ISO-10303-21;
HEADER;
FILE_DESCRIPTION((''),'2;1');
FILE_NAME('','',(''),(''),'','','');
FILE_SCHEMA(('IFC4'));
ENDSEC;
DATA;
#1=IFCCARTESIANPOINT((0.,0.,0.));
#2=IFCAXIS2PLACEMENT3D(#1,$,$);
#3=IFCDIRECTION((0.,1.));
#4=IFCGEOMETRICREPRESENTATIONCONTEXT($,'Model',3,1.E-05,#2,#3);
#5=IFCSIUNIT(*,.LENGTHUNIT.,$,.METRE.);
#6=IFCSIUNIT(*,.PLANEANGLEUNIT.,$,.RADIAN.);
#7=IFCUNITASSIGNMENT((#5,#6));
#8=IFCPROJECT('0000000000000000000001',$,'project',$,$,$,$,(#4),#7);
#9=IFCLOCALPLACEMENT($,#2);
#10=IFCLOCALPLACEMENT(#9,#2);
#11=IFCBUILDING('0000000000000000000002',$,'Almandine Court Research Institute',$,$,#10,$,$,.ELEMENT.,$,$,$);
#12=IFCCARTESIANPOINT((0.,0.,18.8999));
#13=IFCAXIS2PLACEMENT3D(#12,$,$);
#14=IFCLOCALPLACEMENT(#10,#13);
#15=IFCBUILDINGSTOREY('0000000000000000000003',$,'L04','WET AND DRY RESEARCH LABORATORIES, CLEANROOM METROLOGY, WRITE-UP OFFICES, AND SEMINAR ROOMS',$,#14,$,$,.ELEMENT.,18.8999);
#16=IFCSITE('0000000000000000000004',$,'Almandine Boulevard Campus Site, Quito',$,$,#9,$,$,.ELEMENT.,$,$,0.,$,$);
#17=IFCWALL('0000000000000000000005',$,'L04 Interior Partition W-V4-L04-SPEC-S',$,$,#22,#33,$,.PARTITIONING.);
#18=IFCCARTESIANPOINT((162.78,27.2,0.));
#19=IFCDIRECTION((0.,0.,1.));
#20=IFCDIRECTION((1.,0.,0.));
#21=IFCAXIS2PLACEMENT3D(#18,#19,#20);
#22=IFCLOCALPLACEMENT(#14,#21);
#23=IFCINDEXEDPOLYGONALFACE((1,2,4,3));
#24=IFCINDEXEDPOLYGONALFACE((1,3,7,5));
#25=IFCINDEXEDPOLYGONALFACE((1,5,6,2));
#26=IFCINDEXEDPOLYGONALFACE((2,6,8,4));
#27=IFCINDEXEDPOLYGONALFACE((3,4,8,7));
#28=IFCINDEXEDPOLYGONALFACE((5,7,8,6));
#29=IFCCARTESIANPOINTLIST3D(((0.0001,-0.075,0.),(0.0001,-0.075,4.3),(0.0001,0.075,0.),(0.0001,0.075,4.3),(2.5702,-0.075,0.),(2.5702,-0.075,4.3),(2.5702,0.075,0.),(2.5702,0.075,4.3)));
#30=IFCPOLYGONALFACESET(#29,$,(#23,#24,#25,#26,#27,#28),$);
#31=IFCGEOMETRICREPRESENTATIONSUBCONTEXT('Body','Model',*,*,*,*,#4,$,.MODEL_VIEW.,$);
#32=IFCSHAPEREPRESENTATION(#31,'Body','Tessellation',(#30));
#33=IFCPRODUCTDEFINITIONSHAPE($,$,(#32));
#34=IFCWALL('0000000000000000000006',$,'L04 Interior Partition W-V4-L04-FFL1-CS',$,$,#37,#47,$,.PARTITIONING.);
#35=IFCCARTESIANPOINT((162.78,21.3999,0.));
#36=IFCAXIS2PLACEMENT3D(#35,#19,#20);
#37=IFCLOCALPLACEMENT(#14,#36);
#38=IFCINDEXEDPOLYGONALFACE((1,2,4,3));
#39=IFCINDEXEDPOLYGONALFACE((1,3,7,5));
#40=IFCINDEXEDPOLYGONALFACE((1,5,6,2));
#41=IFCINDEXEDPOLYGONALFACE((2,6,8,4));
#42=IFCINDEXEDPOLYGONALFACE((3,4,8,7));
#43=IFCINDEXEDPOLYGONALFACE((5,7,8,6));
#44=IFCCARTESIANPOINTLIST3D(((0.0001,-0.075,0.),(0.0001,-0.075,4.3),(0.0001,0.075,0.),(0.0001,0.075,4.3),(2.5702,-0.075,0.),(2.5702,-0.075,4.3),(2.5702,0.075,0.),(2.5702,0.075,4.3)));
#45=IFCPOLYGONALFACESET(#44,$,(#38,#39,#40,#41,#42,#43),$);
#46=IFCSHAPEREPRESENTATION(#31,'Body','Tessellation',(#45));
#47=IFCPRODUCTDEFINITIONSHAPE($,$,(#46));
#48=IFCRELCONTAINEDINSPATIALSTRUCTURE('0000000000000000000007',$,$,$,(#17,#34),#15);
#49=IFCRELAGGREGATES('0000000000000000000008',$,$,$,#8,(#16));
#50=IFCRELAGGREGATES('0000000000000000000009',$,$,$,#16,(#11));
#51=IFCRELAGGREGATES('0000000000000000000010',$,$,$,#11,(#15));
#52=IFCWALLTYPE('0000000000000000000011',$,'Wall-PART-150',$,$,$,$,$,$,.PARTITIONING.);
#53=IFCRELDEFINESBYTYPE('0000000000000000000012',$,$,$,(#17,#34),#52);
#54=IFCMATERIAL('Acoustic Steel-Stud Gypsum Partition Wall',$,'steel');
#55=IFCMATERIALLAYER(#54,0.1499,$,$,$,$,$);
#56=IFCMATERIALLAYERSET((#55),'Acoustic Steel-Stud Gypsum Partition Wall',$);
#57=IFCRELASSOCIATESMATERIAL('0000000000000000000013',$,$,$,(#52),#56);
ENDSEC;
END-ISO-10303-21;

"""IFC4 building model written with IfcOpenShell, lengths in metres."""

from ifc_helpers import new_model, si_unit, direction, frame, frame_2d, origin, place, context, subcontext, project, spatial, rectangle, extrude, material, layer, layer_set, type_object, element, save


model = new_model("IFC4")

# Units and contexts
model_context = context("Model", 3, precision=1e-05, world=origin(), true_north=direction((0.0, 1.0)))
body_context = subcontext(model_context, "Body", "Model", "MODEL_VIEW")
ifc_project = project(units=[si_unit("LENGTHUNIT", "METRE"), si_unit("PLANEANGLEUNIT", "RADIAN")], contexts=[model_context])

# Site, building, storey
site_placement = place(None, origin())
site = spatial("IfcSite", under=ifc_project, at=site_placement, Name="Almandine Boulevard Campus Site, Quito", CompositionType="ELEMENT", RefElevation=0.0)
building_placement = place(site_placement, origin())
building = spatial("IfcBuilding", under=site, at=building_placement, Name="Almandine Court Research Institute", CompositionType="ELEMENT")
storey_placement = place(building_placement, frame((0.0, 0.0, 18.8999)))
storey = spatial("IfcBuildingStorey", under=building, at=storey_placement, Name="L04", Description="WET AND DRY RESEARCH LABORATORIES, CLEANROOM METROLOGY, WRITE-UP OFFICES, AND SEMINAR ROOMS", CompositionType="ELEMENT", Elevation=18.8999)

# Shared definitions
ifc_material_1 = material(Name="Acoustic Steel-Stud Gypsum Partition Wall", Category="steel")
ifc_layer_1 = layer(ifc_material_1, 0.1499)
ifc_layer_set_1 = layer_set([ifc_layer_1], Name="Acoustic Steel-Stud Gypsum Partition Wall")
wall_type_1 = type_object("IfcWallType", Name="Wall-PART-150", PredefinedType="PARTITIONING", material=ifc_layer_set_1)

# Wall
wall_1_placement = place(storey_placement, frame((162.78, 27.2, 0.0), z_axis=(0.0, 0.0, 1.0), x_axis=(1.0, 0.0, 0.0)))
element("IfcWall", 1, at=wall_1_placement, inside=storey, type_object=wall_type_1, Name="L04 Interior Partition W-V4-L04-SPEC-S", PredefinedType="PARTITIONING", context=body_context, shape_type="SweptSolid", body=[
    extrude(rectangle(XDim=2.5701, YDim=0.1499, at=frame_2d((1.2852, 0.0))), origin(), (0.0, 0.0, 1.0), 4.3),
])

# Wall
wall_2_placement = place(storey_placement, frame((162.78, 21.3999, 0.0), z_axis=(0.0, 0.0, 1.0), x_axis=(1.0, 0.0, 0.0)))
element("IfcWall", 2, at=wall_2_placement, inside=storey, type_object=wall_type_1, Name="L04 Interior Partition W-V4-L04-FFL1-CS", PredefinedType="PARTITIONING", context=body_context, shape_type="SweptSolid", body=[
    extrude(rectangle(XDim=2.5701, YDim=0.1499, at=frame_2d((1.2852, 0.0))), origin(), (0.0, 0.0, 1.0), 4.3),
])

save(model, "model.ifc")
